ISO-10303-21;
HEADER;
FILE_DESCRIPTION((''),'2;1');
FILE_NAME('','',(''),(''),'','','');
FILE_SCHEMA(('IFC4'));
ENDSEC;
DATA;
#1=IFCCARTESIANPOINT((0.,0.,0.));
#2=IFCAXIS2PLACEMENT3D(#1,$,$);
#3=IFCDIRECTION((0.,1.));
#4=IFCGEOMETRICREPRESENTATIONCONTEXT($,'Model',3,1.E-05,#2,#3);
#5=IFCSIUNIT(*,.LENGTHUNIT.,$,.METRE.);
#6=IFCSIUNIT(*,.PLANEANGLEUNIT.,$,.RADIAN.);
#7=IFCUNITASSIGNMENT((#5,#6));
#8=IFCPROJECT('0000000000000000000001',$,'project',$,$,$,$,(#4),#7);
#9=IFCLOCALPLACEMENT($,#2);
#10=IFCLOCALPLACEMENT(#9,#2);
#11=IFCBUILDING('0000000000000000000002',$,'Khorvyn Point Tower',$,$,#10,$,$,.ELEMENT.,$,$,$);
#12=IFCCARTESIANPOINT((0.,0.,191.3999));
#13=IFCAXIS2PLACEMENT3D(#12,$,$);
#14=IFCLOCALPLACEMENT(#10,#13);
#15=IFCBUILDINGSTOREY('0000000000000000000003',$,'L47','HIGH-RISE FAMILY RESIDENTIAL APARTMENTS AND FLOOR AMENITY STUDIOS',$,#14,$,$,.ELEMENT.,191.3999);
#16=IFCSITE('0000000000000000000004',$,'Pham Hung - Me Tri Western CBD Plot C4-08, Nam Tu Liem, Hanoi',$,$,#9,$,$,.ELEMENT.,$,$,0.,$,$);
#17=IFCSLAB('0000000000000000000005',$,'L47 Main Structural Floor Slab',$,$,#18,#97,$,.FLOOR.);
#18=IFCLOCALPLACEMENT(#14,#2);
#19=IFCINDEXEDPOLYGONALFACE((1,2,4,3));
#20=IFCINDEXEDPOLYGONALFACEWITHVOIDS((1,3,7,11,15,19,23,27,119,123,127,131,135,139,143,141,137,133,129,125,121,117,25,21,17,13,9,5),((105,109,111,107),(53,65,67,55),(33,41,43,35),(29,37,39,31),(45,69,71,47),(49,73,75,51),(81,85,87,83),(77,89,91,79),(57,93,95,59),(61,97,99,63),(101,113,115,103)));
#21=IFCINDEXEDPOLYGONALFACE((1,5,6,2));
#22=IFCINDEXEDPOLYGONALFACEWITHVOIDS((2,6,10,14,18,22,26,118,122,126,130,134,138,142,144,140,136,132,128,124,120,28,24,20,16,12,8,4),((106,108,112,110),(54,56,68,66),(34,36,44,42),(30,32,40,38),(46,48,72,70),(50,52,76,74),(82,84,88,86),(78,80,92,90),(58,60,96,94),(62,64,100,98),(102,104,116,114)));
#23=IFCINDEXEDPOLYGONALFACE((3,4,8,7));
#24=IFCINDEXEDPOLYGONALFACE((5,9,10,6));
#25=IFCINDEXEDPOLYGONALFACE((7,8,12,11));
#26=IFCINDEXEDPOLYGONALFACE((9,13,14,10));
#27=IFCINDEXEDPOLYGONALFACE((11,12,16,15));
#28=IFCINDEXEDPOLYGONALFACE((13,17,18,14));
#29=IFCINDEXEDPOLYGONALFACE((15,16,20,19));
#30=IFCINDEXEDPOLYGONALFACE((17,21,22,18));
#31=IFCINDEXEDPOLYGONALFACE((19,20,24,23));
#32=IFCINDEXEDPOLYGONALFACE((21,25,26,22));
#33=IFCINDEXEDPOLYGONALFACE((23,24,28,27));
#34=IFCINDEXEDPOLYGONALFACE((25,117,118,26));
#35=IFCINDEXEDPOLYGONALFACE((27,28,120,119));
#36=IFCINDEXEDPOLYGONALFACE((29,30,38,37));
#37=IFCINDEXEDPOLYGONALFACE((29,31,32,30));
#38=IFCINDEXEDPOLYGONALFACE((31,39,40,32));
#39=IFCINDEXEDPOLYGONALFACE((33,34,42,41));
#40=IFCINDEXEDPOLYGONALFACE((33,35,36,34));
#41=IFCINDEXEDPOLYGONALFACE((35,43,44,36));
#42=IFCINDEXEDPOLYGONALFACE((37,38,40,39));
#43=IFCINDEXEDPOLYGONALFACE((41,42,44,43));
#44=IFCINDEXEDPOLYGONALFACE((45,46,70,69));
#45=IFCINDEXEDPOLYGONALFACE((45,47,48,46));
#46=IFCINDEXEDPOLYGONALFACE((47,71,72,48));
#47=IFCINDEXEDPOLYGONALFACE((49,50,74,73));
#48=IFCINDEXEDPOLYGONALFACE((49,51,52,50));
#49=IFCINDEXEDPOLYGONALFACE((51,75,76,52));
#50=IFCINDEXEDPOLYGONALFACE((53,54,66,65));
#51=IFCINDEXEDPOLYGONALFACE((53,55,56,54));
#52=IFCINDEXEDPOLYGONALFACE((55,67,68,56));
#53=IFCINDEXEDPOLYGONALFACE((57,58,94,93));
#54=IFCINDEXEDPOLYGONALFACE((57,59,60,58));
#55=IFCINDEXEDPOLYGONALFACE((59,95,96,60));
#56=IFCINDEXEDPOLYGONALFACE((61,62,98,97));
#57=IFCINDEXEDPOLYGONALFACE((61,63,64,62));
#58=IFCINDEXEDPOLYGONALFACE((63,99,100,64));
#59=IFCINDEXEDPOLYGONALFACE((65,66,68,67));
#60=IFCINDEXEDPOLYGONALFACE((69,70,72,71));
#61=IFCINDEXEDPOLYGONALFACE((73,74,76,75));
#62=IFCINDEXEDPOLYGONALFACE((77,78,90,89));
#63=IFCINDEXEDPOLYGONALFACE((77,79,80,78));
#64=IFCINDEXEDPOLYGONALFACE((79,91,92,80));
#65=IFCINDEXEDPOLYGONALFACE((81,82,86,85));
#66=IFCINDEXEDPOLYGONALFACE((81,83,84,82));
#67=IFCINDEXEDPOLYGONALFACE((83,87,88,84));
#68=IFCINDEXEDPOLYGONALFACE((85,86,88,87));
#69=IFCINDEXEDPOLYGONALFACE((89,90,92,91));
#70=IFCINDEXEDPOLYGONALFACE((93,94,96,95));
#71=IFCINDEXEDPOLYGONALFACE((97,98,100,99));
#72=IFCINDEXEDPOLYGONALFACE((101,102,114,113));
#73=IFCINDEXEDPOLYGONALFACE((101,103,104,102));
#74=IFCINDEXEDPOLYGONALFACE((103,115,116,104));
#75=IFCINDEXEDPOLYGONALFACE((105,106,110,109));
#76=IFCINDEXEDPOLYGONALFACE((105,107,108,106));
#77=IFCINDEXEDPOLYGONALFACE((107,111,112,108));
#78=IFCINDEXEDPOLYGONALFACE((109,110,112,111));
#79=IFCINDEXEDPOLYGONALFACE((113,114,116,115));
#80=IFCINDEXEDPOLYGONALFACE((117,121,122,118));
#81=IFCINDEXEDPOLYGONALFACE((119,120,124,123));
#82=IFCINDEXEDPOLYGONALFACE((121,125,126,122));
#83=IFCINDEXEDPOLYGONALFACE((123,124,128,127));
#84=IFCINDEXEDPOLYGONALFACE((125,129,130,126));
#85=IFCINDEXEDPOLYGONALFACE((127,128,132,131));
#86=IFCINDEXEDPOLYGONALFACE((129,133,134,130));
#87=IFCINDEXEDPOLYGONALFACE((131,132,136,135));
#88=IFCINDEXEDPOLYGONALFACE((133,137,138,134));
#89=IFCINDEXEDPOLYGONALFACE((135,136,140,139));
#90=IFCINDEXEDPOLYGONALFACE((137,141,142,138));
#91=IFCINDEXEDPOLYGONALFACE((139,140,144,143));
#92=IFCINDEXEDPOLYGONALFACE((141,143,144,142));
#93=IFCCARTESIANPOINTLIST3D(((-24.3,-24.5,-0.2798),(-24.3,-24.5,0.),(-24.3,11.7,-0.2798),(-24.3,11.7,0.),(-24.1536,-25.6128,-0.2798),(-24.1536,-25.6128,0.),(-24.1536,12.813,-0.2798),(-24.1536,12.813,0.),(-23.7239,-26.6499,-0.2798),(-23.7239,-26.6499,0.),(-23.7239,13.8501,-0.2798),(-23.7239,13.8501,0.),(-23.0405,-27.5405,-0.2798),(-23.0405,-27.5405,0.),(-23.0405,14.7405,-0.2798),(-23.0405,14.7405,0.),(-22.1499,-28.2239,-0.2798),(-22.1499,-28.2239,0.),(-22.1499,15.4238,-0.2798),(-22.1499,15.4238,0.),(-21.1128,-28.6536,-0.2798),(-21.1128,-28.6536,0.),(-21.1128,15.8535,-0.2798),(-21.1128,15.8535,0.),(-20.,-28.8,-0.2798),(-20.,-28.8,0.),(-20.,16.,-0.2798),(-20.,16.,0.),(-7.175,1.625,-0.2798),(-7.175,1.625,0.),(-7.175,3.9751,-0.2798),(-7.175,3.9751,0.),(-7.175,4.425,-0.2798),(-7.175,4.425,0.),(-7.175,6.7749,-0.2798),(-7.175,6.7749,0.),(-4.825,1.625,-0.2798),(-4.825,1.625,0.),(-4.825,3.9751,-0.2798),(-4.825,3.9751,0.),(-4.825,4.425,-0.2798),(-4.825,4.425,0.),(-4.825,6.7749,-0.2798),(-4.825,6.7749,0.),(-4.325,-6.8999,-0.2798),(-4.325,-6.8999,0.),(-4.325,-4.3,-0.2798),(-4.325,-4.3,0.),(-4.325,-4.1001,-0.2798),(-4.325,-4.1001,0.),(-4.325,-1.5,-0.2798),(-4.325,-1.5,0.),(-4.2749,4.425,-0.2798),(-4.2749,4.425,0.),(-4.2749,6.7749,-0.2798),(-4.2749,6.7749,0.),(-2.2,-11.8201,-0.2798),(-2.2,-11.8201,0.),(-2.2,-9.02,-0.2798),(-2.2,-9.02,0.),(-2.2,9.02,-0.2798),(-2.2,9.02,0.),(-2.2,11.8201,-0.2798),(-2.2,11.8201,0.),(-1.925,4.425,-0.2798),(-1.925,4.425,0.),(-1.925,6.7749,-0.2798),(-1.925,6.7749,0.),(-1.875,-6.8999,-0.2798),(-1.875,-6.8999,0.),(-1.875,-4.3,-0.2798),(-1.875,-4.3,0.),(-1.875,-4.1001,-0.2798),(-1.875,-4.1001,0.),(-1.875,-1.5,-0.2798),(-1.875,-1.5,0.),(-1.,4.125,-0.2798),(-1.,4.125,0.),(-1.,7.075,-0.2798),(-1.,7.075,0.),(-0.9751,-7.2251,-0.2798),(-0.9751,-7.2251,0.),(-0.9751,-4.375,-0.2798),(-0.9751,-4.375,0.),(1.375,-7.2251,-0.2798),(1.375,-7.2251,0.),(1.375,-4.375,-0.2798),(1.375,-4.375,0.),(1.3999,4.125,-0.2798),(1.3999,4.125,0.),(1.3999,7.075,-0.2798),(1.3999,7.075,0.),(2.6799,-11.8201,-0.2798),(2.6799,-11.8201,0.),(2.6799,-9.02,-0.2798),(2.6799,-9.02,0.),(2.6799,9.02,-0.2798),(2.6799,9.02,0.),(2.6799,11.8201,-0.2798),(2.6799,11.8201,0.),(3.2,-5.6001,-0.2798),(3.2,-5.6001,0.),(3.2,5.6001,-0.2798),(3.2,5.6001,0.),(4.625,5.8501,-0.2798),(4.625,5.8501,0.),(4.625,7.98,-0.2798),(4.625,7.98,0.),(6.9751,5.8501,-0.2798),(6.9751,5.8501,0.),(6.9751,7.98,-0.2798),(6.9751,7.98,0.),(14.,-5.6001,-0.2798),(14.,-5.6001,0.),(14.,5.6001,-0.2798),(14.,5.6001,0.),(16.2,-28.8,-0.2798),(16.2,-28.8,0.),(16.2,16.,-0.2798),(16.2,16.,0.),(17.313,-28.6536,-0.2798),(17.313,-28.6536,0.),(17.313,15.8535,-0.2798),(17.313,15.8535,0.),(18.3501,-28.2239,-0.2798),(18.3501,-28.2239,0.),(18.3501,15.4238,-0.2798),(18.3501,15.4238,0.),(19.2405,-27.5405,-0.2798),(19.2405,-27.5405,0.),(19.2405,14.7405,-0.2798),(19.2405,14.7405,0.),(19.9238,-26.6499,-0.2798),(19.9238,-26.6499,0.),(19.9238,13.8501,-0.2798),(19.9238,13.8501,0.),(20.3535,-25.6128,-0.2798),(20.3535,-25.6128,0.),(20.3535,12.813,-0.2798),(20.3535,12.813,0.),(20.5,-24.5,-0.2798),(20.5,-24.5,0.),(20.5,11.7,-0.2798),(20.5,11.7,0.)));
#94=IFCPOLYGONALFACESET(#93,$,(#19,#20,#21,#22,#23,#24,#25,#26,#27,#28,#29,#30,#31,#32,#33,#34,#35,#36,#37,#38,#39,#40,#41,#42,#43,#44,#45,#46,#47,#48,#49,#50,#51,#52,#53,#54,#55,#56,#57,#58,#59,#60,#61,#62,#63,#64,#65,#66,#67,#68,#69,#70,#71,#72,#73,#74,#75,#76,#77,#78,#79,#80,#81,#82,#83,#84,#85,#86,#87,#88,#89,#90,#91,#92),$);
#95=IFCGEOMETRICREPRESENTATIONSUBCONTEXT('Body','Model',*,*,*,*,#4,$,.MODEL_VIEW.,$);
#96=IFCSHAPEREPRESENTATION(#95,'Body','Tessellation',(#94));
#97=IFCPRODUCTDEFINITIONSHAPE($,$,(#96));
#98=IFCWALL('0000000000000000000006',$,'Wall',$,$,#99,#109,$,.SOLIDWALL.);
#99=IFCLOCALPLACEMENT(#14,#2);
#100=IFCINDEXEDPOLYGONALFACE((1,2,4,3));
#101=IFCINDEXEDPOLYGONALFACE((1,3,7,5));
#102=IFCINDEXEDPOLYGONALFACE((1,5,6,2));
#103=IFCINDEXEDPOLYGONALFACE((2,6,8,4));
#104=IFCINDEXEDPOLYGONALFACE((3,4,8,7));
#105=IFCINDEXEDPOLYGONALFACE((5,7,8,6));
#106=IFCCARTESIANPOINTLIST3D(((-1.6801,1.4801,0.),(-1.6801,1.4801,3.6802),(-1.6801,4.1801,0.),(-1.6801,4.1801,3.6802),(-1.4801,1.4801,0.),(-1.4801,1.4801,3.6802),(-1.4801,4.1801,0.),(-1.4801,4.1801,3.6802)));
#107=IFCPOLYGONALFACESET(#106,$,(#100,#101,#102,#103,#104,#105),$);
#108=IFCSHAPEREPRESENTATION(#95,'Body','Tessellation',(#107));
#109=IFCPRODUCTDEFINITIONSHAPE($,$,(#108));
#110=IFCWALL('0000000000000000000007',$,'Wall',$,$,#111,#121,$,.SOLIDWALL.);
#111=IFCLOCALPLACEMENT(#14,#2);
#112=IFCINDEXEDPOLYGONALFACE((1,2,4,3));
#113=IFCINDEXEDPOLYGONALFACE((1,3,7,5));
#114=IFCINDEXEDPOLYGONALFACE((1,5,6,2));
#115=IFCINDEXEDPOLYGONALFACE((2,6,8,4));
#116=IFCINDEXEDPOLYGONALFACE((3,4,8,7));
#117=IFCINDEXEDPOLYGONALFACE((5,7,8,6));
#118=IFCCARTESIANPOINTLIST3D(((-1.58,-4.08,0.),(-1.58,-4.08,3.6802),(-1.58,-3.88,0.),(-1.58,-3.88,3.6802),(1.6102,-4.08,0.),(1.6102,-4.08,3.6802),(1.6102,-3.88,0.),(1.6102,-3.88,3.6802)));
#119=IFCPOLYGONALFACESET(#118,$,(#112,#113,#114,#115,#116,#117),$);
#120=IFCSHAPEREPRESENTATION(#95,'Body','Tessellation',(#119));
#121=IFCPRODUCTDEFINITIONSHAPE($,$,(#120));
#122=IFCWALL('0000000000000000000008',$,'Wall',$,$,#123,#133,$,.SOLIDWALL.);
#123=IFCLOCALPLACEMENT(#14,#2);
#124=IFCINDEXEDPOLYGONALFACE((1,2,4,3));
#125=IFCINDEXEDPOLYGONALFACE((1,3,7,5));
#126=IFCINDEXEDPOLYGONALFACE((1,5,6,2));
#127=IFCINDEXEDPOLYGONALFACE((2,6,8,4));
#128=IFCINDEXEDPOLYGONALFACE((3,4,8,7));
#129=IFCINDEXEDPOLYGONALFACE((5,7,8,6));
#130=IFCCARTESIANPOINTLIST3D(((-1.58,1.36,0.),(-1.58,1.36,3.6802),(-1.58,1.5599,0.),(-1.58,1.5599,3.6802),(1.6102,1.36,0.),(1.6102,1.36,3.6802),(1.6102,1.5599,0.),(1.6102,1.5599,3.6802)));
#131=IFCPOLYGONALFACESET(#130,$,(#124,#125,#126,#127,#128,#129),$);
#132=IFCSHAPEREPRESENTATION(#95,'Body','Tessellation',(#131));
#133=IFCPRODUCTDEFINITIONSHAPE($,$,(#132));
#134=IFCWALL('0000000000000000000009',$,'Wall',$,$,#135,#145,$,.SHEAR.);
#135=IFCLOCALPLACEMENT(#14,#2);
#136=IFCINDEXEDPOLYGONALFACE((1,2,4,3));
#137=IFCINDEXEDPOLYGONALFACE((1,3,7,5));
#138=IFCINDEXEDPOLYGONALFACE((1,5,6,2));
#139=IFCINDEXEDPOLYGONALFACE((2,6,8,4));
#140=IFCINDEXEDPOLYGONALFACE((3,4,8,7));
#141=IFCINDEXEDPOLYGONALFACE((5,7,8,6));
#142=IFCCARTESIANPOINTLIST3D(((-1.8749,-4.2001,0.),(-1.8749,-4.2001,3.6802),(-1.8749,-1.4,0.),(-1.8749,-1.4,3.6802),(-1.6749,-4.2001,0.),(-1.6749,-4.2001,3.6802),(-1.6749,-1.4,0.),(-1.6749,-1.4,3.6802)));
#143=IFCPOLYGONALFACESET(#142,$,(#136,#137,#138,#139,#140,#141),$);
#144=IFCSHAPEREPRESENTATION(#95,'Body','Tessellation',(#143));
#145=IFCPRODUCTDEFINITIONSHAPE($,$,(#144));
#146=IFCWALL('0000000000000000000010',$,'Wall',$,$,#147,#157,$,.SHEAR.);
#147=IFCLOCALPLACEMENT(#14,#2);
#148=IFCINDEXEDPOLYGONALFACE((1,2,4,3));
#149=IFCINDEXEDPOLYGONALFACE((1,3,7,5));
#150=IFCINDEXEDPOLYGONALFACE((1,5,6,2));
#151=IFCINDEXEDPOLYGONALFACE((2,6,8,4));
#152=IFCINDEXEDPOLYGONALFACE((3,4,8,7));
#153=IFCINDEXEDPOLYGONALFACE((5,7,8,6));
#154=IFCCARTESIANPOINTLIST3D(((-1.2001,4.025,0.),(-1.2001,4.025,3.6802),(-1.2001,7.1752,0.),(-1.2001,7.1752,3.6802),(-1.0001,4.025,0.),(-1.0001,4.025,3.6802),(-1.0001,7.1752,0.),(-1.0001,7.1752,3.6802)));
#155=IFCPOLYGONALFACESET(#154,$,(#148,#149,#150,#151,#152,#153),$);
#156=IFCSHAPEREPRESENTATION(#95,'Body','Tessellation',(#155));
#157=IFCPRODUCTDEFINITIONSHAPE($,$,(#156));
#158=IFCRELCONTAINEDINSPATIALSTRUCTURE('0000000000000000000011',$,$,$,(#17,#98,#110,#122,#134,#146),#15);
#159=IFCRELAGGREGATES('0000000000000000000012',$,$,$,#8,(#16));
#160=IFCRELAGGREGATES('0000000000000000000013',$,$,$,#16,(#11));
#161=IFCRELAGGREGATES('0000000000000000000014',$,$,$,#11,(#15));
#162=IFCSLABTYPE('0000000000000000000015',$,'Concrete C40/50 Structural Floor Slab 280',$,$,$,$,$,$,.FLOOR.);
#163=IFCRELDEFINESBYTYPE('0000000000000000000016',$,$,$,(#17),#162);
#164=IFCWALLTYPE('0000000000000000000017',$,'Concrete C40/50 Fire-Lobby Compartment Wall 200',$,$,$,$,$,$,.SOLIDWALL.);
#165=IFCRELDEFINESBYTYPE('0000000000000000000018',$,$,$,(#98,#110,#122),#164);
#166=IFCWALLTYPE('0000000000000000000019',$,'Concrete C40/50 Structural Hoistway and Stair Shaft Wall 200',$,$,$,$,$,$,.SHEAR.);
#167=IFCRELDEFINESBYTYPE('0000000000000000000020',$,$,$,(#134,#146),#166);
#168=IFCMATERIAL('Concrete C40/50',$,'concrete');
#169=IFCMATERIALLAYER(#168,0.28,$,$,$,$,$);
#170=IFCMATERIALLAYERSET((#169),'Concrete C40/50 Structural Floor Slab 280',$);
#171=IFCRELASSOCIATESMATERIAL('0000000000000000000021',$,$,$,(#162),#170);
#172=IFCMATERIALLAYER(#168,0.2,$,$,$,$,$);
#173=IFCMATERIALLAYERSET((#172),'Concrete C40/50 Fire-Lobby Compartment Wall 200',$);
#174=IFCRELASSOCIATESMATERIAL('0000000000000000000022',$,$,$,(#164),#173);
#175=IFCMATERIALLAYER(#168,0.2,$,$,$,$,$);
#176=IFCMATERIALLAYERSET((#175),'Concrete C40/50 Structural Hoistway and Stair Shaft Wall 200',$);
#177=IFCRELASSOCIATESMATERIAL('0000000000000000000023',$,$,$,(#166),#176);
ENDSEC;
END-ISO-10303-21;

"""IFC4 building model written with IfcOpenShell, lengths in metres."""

from ifc_helpers import new_model, si_unit, direction, frame, frame_2d, origin, place, context, subcontext, project, spatial, polyline, rectangle, outline, extrude, material, layer, layer_set, type_object, element, save


model = new_model("IFC4")

# Units and contexts
model_context = context("Model", 3, precision=1e-05, world=origin(), true_north=direction((0.0, 1.0)))
body_context = subcontext(model_context, "Body", "Model", "MODEL_VIEW")
ifc_project = project(units=[si_unit("LENGTHUNIT", "METRE"), si_unit("PLANEANGLEUNIT", "RADIAN")], contexts=[model_context])

# Site, building, storey
site_placement = place(None, origin())
site = spatial("IfcSite", under=ifc_project, at=site_placement, Name="Pham Hung - Me Tri Western CBD Plot C4-08, Nam Tu Liem, Hanoi", CompositionType="ELEMENT", RefElevation=0.0)
building_placement = place(site_placement, origin())
building = spatial("IfcBuilding", under=site, at=building_placement, Name="Khorvyn Point Tower", CompositionType="ELEMENT")
storey_placement = place(building_placement, frame((0.0, 0.0, 191.3999)))
storey = spatial("IfcBuildingStorey", under=building, at=storey_placement, Name="L47", Description="HIGH-RISE FAMILY RESIDENTIAL APARTMENTS AND FLOOR AMENITY STUDIOS", CompositionType="ELEMENT", Elevation=191.3999)

# Shared definitions
ifc_material_1 = material(Name="Concrete C40/50", Category="concrete")

# Slab
ifc_layer_1 = layer(ifc_material_1, 0.28)
ifc_layer_set_1 = layer_set([ifc_layer_1], Name="Concrete C40/50 Structural Floor Slab 280")
slab_type_1 = type_object("IfcSlabType", Name="Concrete C40/50 Structural Floor Slab 280", PredefinedType="FLOOR", material=ifc_layer_set_1)
slab_1_placement = place(storey_placement, frame((0.0, 0.0, -0.2798)))
element("IfcSlab", 1, at=slab_1_placement, inside=storey, type_object=slab_type_1, Name="L47 Main Structural Floor Slab", PredefinedType="FLOOR", context=body_context, shape_type="SweptSolid", body=[
    extrude(outline(polyline([(-20.0, -28.8), (-21.1128, -28.6536), (-22.1499, -28.2239), (-23.0405, -27.5405), (-23.7239, -26.6499), (-24.1536, -25.6128), (-24.3, -24.5), (-24.3, 11.7), (-24.1536, 12.813), (-23.7239, 13.8501), (-23.0405, 14.7405), (-22.1499, 15.4238), (-21.1128, 15.8535), (-20.0, 16.0), (16.2, 16.0), (17.313, 15.8535), (18.3501, 15.4238), (19.2405, 14.7405), (19.9238, 13.8501), (20.3535, 12.813), (20.5, 11.7), (20.5, -24.5), (20.3535, -25.6128), (19.9238, -26.6499), (19.2405, -27.5405), (18.3501, -28.2239), (17.313, -28.6536), (16.2, -28.8), (-20.0, -28.8)]), holes=[polyline([(-1.875, -6.8999), (-1.875, -4.3), (-4.325, -4.3), (-4.325, -6.8999), (-1.875, -6.8999)]), polyline([(-1.875, -4.1001), (-1.875, -1.5), (-4.325, -1.5), (-4.325, -4.1001), (-1.875, -4.1001)]), polyline([(-4.825, 1.625), (-4.825, 3.9751), (-7.175, 3.9751), (-7.175, 1.625), (-4.825, 1.625)]), polyline([(-7.175, 4.425), (-4.825, 4.425), (-4.825, 6.7749), (-7.175, 6.7749), (-7.175, 4.425)]), polyline([(-4.2749, 4.425), (-1.925, 4.425), (-1.925, 6.7749), (-4.2749, 6.7749), (-4.2749, 4.425)]), polyline([(1.3999, 4.125), (1.3999, 7.075), (-1.0, 7.075), (-1.0, 4.125), (1.3999, 4.125)]), polyline([(-2.2, -11.8201), (2.6799, -11.8201), (2.6799, -9.02), (-2.2, -9.02), (-2.2, -11.8201)]), polyline([(-0.9751, -7.2251), (1.375, -7.2251), (1.375, -4.375), (-0.9751, -4.375), (-0.9751, -7.2251)]), polyline([(14.0, -5.6001), (14.0, 5.6001), (3.2, 5.6001), (3.2, -5.6001), (14.0, -5.6001)]), polyline([(4.625, 5.8501), (6.9751, 5.8501), (6.9751, 7.98), (4.625, 7.98), (4.625, 5.8501)]), polyline([(-2.2, 9.02), (2.6799, 9.02), (2.6799, 11.8201), (-2.2, 11.8201), (-2.2, 9.02)])]), origin(), (0.0, 0.0, 1.0), 0.2798),
])

# Walls
ifc_layer_2 = layer(ifc_material_1, 0.2)
ifc_layer_set_2 = layer_set([ifc_layer_2], Name="Concrete C40/50 Fire-Lobby Compartment Wall 200")
wall_type_1 = type_object("IfcWallType", Name="Concrete C40/50 Fire-Lobby Compartment Wall 200", PredefinedType="SOLIDWALL", material=ifc_layer_set_2)
wall_1_placement = place(storey_placement, frame((-1.5801, 1.48, 0.0), z_axis=(0.0, 0.0, 1.0), x_axis=(0.0, 1.0, 0.0)))
element("IfcWall", 2, at=wall_1_placement, inside=storey, type_object=wall_type_1, Name="Wall", PredefinedType="SOLIDWALL", context=body_context, shape_type="SweptSolid", body=[
    extrude(rectangle(XDim=2.7, YDim=0.2, at=frame_2d((1.3501, 0.0))), origin(), (0.0, 0.0, 1.0), 3.6802),
])
for number, where, z_axis, x_axis, name in (
    (3, (-1.5801, -3.98, 0.0), (0.0, 0.0, 1.0), (1.0, 0.0, 0.0), "Wall"),
    (4, (-1.5801, 1.46, 0.0), (0.0, 0.0, 1.0), (1.0, 0.0, 0.0), "Wall"),
):
    element("IfcWall", number, at=place(storey_placement, frame(where, z_axis=z_axis, x_axis=x_axis)), inside=storey, type_object=wall_type_1, Name=name, PredefinedType="SOLIDWALL", context=body_context, shape_type="SweptSolid", body=[
        extrude(rectangle(XDim=3.1902, YDim=0.2, at=frame_2d((1.5952, 0.0))), origin(), (0.0, 0.0, 1.0), 3.6802),
    ])
ifc_layer_3 = layer(ifc_material_1, 0.2)
ifc_layer_set_3 = layer_set([ifc_layer_3], Name="Concrete C40/50 Structural Hoistway and Stair Shaft Wall 200")
wall_type_2 = type_object("IfcWallType", Name="Concrete C40/50 Structural Hoistway and Stair Shaft Wall 200", PredefinedType="SHEAR", material=ifc_layer_set_3)
wall_2_placement = place(storey_placement, frame((-1.7749, -4.2, 0.0), z_axis=(0.0, 0.0, 1.0), x_axis=(0.0, 1.0, 0.0)))
element("IfcWall", 5, at=wall_2_placement, inside=storey, type_object=wall_type_2, Name="Wall", PredefinedType="SHEAR", context=body_context, shape_type="SweptSolid", body=[
    extrude(rectangle(XDim=2.8, YDim=0.2, at=frame_2d((1.3999, 0.0))), origin(), (0.0, 0.0, 1.0), 3.6802),
])
wall_3_placement = place(storey_placement, frame((-1.1001, 4.0249, 0.0), z_axis=(0.0, 0.0, 1.0), x_axis=(0.0, 1.0, 0.0)))
element("IfcWall", 6, at=wall_3_placement, inside=storey, type_object=wall_type_2, Name="Wall", PredefinedType="SHEAR", context=body_context, shape_type="SweptSolid", body=[
    extrude(rectangle(XDim=3.1501, YDim=0.2, at=frame_2d((1.5752, 0.0))), origin(), (0.0, 0.0, 1.0), 3.6802),
])

save(model, "model.ifc")
